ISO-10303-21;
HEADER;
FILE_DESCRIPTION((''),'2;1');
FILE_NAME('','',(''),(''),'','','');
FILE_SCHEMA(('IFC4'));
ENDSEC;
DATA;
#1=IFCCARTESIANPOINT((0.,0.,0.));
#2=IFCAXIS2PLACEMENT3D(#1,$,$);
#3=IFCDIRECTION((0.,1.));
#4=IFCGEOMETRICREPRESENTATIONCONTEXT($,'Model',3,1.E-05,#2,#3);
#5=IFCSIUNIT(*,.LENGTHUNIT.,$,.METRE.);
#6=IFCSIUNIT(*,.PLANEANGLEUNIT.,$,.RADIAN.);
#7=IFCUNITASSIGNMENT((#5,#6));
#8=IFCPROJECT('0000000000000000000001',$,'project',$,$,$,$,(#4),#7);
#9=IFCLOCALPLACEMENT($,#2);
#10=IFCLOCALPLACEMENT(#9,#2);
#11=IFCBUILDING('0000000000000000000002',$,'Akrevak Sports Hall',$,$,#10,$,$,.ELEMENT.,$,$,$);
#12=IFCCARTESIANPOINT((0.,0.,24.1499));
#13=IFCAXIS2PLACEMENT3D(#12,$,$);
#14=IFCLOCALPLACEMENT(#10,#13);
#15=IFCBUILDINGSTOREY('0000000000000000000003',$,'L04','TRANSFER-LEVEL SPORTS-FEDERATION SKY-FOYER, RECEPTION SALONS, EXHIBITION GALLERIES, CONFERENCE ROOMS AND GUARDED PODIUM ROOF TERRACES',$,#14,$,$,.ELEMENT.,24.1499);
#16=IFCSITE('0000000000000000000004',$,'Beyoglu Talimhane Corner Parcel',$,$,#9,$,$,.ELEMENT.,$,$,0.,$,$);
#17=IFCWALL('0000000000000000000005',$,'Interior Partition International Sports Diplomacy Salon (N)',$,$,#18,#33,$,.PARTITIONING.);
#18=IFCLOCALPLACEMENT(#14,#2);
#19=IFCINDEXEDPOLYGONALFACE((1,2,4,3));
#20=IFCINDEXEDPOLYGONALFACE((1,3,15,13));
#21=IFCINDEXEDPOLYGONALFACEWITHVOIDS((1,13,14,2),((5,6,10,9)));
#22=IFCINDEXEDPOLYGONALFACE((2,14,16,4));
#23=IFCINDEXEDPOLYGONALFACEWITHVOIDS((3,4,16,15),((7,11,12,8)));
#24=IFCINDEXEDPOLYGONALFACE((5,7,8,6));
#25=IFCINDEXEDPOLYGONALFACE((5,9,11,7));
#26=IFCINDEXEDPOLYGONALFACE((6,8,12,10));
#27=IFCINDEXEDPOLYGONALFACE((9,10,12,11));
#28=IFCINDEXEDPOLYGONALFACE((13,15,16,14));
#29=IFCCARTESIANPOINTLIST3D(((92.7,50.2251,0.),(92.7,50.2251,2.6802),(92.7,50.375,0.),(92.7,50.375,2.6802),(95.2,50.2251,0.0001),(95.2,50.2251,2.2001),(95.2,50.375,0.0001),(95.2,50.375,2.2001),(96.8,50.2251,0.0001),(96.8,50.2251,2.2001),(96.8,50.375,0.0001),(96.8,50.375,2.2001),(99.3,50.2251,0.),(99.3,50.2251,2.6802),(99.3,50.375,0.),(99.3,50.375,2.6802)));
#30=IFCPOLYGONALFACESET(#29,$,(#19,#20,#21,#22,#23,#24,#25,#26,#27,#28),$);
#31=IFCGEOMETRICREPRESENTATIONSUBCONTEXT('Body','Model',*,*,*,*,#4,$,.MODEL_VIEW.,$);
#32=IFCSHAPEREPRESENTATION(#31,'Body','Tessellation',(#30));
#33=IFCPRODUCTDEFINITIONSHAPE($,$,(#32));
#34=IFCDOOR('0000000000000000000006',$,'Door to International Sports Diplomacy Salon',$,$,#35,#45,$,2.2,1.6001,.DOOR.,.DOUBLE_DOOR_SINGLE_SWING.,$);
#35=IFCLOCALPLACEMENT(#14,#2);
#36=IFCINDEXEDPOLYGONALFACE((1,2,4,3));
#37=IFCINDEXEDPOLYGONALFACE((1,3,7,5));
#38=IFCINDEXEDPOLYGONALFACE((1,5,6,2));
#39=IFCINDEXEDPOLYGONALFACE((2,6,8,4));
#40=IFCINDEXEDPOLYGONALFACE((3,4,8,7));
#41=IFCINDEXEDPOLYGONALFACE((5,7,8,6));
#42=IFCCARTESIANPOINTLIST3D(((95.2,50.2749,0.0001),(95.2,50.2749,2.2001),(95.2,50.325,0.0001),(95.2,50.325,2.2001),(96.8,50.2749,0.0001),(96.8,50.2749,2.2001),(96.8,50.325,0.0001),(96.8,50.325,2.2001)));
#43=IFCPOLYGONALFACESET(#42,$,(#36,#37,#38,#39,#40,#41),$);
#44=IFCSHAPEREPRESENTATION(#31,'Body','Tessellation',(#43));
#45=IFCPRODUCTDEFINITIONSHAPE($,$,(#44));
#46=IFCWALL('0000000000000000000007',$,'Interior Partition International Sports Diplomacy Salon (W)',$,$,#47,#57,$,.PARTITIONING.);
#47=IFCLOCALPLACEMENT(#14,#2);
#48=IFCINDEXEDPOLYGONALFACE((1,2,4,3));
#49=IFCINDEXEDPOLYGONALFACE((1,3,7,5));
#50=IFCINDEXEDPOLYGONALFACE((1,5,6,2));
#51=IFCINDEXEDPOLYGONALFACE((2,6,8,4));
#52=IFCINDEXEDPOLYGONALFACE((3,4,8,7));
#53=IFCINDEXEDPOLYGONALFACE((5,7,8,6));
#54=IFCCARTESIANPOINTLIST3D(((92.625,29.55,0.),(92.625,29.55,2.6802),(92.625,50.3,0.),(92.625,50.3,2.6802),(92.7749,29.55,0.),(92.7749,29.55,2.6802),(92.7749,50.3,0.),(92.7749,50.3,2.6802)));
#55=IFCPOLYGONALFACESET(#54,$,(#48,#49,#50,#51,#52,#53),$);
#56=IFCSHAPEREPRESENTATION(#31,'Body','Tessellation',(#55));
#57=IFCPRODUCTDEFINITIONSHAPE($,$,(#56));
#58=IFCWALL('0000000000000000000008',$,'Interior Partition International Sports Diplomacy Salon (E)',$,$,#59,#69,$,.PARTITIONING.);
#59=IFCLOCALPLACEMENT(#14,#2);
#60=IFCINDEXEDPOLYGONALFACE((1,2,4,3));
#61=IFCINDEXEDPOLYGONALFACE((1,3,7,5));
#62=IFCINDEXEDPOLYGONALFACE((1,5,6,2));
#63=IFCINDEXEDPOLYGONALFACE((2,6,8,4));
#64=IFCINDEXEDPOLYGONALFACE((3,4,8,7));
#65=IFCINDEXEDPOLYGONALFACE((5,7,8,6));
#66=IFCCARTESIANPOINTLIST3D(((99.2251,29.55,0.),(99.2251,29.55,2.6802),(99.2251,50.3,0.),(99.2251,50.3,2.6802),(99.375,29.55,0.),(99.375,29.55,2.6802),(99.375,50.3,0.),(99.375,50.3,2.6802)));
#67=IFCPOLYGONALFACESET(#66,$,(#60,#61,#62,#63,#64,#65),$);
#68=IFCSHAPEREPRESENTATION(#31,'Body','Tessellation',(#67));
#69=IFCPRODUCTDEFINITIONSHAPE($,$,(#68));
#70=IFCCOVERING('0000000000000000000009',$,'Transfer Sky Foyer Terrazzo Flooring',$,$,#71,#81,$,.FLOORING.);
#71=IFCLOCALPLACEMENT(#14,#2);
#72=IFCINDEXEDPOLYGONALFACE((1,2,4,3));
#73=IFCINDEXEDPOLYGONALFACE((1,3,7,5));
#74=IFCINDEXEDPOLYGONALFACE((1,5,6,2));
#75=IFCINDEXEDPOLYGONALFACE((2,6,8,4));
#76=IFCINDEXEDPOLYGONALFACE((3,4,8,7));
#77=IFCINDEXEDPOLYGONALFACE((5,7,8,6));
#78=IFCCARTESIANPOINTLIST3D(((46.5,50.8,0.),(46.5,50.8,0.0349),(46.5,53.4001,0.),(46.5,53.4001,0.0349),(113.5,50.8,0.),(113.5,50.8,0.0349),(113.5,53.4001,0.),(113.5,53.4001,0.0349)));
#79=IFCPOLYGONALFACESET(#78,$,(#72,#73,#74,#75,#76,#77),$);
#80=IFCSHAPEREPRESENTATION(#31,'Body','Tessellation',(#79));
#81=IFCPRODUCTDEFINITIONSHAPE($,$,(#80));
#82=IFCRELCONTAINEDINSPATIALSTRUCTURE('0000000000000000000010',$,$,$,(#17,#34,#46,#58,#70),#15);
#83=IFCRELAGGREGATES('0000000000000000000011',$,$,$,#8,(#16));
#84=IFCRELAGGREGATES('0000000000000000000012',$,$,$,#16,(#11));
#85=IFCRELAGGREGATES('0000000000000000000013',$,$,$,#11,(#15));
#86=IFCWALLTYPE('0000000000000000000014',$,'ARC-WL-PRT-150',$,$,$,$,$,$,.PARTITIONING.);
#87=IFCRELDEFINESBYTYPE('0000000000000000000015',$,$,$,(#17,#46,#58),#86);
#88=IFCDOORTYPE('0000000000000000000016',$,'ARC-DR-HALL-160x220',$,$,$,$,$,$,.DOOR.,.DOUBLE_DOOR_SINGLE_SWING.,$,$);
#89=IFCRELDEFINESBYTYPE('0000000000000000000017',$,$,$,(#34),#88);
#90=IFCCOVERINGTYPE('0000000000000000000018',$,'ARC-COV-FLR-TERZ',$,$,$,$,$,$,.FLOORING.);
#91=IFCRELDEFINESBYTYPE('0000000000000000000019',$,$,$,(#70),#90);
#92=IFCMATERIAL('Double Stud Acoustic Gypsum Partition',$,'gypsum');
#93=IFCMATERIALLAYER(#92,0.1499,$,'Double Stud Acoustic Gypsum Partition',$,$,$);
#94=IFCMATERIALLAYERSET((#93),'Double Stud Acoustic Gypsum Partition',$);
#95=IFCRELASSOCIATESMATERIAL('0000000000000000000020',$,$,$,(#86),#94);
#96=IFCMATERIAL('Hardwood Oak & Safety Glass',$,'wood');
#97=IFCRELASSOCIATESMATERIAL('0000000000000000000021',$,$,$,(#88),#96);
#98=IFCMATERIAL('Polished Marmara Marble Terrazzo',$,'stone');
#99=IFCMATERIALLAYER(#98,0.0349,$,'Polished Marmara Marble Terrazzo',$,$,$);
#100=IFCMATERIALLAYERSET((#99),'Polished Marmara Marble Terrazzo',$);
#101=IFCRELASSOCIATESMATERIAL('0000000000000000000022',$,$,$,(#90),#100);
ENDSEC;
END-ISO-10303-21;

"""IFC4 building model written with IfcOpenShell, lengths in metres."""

from ifc_helpers import new_model, si_unit, direction, frame, frame_2d, origin, origin_2d, place, context, subcontext, project, spatial, rectangle, extrude, material, layer, layer_set, type_object, element, fill, save


model = new_model("IFC4")

# Units and contexts
model_context = context("Model", 3, precision=1e-05, world=origin(), true_north=direction((0.0, 1.0)))
body_context = subcontext(model_context, "Body", "Model", "MODEL_VIEW")
ifc_project = project(units=[si_unit("LENGTHUNIT", "METRE"), si_unit("PLANEANGLEUNIT", "RADIAN")], contexts=[model_context])

# Site, building, storey
site_placement = place(None, origin())
site = spatial("IfcSite", under=ifc_project, at=site_placement, Name="Beyoglu Talimhane Corner Parcel", CompositionType="ELEMENT", RefElevation=0.0)
building_placement = place(site_placement, origin())
building = spatial("IfcBuilding", under=site, at=building_placement, Name="Akrevak Sports Hall", CompositionType="ELEMENT")
storey_placement = place(building_placement, frame((0.0, 0.0, 24.1499)))
storey = spatial("IfcBuildingStorey", under=building, at=storey_placement, Name="L04", Description="TRANSFER-LEVEL SPORTS-FEDERATION SKY-FOYER, RECEPTION SALONS, EXHIBITION GALLERIES, CONFERENCE ROOMS AND GUARDED PODIUM ROOF TERRACES", CompositionType="ELEMENT", Elevation=24.1499)

# Shared definitions
ifc_material_1 = material(Name="Hardwood Oak & Safety Glass", Category="wood")

# Shared definitions
ifc_material_2 = material(Name="Double Stud Acoustic Gypsum Partition", Category="gypsum")
ifc_layer_1 = layer(ifc_material_2, 0.1499, Name="Double Stud Acoustic Gypsum Partition")
ifc_layer_set_1 = layer_set([ifc_layer_1], Name="Double Stud Acoustic Gypsum Partition")
wall_type_1 = type_object("IfcWallType", Name="ARC-WL-PRT-150", PredefinedType="PARTITIONING", material=ifc_layer_set_1)

# Wall, opening, door
wall_1_placement = place(storey_placement, frame((92.7, 50.3, 0.0), z_axis=(0.0, 0.0, 1.0), x_axis=(1.0, 0.0, 0.0)))
wall_1 = element("IfcWall", 1, at=wall_1_placement, inside=storey, type_object=wall_type_1, Name="Interior Partition International Sports Diplomacy Salon (N)", PredefinedType="PARTITIONING", context=body_context, shape_type="SweptSolid", body=[
    extrude(rectangle(XDim=6.6001, YDim=0.1499, at=frame_2d((3.3, 0.0))), origin(), (0.0, 0.0, 1.0), 2.6802),
])
opening_1_placement = place(wall_1_placement, frame((2.5, 0.0, 0.0)))
opening_1 = element("IfcOpeningElement", 2, at=opening_1_placement, cuts=wall_1, PredefinedType="OPENING", context=body_context, shape_type="SweptSolid", body=[
    extrude(rectangle(XDim=1.6001, YDim=2.2, at=frame_2d((0.8, 1.1001))), frame((0.0, 0.0869, 0.0), z_axis=(0.0, -1.0, 0.0), x_axis=(1.0, 0.0, 0.0)), (0.0, 0.0, 1.0), 0.1738),
])
door_type_1 = type_object("IfcDoorType", Name="ARC-DR-HALL-160x220", OperationType="DOUBLE_DOOR_SINGLE_SWING", PredefinedType="DOOR", material=ifc_material_1)
door_1_placement = place(opening_1_placement, origin())
door_1 = element("IfcDoor", 3, at=door_1_placement, inside=storey, type_object=door_type_1, Name="Door to International Sports Diplomacy Salon", OperationType="DOUBLE_DOOR_SINGLE_SWING", OverallHeight=2.2, OverallWidth=1.6001, PredefinedType="DOOR", context=body_context, shape_type="SweptSolid", body=[
    extrude(rectangle(XDim=1.6001, YDim=2.2, at=frame_2d((0.8, 1.1001))), frame((0.0, 0.0249, 0.0), z_axis=(0.0, -1.0, 0.0), x_axis=(1.0, 0.0, 0.0)), (0.0, 0.0, 1.0), 0.05),
])
fill(opening_1, door_1)

# Walls
for number, where, z_axis, x_axis, name in (
    (4, (92.7, 29.55, 0.0), (0.0, 0.0, 1.0), (0.0, 1.0, 0.0), "Interior Partition International Sports Diplomacy Salon (W)"),
    (5, (99.3, 29.55, 0.0), (0.0, 0.0, 1.0), (0.0, 1.0, 0.0), "Interior Partition International Sports Diplomacy Salon (E)"),
):
    element("IfcWall", number, at=place(storey_placement, frame(where, z_axis=z_axis, x_axis=x_axis)), inside=storey, type_object=wall_type_1, Name=name, PredefinedType="PARTITIONING", context=body_context, shape_type="SweptSolid", body=[
        extrude(rectangle(XDim=20.75, YDim=0.1499, at=frame_2d((10.375, 0.0))), origin(), (0.0, 0.0, 1.0), 2.6802),
    ])

# Covering
ifc_material_3 = material(Name="Polished Marmara Marble Terrazzo", Category="stone")
ifc_layer_2 = layer(ifc_material_3, 0.0349, Name="Polished Marmara Marble Terrazzo")
ifc_layer_set_2 = layer_set([ifc_layer_2], Name="Polished Marmara Marble Terrazzo")
covering_type = type_object("IfcCoveringType", Name="ARC-COV-FLR-TERZ", PredefinedType="FLOORING", material=ifc_layer_set_2)
covering_placement = place(storey_placement, frame((80.0, 52.1001, 0.0), z_axis=(0.0, 0.0, 1.0), x_axis=(1.0, 0.0, 0.0)))
element("IfcCovering", 6, at=covering_placement, inside=storey, type_object=covering_type, Name="Transfer Sky Foyer Terrazzo Flooring", PredefinedType="FLOORING", context=body_context, shape_type="SweptSolid", body=[
    extrude(rectangle(XDim=67.0, YDim=2.6001, at=origin_2d()), origin(), (0.0, 0.0, 1.0), 0.0349),
])

save(model, "model.ifc")
